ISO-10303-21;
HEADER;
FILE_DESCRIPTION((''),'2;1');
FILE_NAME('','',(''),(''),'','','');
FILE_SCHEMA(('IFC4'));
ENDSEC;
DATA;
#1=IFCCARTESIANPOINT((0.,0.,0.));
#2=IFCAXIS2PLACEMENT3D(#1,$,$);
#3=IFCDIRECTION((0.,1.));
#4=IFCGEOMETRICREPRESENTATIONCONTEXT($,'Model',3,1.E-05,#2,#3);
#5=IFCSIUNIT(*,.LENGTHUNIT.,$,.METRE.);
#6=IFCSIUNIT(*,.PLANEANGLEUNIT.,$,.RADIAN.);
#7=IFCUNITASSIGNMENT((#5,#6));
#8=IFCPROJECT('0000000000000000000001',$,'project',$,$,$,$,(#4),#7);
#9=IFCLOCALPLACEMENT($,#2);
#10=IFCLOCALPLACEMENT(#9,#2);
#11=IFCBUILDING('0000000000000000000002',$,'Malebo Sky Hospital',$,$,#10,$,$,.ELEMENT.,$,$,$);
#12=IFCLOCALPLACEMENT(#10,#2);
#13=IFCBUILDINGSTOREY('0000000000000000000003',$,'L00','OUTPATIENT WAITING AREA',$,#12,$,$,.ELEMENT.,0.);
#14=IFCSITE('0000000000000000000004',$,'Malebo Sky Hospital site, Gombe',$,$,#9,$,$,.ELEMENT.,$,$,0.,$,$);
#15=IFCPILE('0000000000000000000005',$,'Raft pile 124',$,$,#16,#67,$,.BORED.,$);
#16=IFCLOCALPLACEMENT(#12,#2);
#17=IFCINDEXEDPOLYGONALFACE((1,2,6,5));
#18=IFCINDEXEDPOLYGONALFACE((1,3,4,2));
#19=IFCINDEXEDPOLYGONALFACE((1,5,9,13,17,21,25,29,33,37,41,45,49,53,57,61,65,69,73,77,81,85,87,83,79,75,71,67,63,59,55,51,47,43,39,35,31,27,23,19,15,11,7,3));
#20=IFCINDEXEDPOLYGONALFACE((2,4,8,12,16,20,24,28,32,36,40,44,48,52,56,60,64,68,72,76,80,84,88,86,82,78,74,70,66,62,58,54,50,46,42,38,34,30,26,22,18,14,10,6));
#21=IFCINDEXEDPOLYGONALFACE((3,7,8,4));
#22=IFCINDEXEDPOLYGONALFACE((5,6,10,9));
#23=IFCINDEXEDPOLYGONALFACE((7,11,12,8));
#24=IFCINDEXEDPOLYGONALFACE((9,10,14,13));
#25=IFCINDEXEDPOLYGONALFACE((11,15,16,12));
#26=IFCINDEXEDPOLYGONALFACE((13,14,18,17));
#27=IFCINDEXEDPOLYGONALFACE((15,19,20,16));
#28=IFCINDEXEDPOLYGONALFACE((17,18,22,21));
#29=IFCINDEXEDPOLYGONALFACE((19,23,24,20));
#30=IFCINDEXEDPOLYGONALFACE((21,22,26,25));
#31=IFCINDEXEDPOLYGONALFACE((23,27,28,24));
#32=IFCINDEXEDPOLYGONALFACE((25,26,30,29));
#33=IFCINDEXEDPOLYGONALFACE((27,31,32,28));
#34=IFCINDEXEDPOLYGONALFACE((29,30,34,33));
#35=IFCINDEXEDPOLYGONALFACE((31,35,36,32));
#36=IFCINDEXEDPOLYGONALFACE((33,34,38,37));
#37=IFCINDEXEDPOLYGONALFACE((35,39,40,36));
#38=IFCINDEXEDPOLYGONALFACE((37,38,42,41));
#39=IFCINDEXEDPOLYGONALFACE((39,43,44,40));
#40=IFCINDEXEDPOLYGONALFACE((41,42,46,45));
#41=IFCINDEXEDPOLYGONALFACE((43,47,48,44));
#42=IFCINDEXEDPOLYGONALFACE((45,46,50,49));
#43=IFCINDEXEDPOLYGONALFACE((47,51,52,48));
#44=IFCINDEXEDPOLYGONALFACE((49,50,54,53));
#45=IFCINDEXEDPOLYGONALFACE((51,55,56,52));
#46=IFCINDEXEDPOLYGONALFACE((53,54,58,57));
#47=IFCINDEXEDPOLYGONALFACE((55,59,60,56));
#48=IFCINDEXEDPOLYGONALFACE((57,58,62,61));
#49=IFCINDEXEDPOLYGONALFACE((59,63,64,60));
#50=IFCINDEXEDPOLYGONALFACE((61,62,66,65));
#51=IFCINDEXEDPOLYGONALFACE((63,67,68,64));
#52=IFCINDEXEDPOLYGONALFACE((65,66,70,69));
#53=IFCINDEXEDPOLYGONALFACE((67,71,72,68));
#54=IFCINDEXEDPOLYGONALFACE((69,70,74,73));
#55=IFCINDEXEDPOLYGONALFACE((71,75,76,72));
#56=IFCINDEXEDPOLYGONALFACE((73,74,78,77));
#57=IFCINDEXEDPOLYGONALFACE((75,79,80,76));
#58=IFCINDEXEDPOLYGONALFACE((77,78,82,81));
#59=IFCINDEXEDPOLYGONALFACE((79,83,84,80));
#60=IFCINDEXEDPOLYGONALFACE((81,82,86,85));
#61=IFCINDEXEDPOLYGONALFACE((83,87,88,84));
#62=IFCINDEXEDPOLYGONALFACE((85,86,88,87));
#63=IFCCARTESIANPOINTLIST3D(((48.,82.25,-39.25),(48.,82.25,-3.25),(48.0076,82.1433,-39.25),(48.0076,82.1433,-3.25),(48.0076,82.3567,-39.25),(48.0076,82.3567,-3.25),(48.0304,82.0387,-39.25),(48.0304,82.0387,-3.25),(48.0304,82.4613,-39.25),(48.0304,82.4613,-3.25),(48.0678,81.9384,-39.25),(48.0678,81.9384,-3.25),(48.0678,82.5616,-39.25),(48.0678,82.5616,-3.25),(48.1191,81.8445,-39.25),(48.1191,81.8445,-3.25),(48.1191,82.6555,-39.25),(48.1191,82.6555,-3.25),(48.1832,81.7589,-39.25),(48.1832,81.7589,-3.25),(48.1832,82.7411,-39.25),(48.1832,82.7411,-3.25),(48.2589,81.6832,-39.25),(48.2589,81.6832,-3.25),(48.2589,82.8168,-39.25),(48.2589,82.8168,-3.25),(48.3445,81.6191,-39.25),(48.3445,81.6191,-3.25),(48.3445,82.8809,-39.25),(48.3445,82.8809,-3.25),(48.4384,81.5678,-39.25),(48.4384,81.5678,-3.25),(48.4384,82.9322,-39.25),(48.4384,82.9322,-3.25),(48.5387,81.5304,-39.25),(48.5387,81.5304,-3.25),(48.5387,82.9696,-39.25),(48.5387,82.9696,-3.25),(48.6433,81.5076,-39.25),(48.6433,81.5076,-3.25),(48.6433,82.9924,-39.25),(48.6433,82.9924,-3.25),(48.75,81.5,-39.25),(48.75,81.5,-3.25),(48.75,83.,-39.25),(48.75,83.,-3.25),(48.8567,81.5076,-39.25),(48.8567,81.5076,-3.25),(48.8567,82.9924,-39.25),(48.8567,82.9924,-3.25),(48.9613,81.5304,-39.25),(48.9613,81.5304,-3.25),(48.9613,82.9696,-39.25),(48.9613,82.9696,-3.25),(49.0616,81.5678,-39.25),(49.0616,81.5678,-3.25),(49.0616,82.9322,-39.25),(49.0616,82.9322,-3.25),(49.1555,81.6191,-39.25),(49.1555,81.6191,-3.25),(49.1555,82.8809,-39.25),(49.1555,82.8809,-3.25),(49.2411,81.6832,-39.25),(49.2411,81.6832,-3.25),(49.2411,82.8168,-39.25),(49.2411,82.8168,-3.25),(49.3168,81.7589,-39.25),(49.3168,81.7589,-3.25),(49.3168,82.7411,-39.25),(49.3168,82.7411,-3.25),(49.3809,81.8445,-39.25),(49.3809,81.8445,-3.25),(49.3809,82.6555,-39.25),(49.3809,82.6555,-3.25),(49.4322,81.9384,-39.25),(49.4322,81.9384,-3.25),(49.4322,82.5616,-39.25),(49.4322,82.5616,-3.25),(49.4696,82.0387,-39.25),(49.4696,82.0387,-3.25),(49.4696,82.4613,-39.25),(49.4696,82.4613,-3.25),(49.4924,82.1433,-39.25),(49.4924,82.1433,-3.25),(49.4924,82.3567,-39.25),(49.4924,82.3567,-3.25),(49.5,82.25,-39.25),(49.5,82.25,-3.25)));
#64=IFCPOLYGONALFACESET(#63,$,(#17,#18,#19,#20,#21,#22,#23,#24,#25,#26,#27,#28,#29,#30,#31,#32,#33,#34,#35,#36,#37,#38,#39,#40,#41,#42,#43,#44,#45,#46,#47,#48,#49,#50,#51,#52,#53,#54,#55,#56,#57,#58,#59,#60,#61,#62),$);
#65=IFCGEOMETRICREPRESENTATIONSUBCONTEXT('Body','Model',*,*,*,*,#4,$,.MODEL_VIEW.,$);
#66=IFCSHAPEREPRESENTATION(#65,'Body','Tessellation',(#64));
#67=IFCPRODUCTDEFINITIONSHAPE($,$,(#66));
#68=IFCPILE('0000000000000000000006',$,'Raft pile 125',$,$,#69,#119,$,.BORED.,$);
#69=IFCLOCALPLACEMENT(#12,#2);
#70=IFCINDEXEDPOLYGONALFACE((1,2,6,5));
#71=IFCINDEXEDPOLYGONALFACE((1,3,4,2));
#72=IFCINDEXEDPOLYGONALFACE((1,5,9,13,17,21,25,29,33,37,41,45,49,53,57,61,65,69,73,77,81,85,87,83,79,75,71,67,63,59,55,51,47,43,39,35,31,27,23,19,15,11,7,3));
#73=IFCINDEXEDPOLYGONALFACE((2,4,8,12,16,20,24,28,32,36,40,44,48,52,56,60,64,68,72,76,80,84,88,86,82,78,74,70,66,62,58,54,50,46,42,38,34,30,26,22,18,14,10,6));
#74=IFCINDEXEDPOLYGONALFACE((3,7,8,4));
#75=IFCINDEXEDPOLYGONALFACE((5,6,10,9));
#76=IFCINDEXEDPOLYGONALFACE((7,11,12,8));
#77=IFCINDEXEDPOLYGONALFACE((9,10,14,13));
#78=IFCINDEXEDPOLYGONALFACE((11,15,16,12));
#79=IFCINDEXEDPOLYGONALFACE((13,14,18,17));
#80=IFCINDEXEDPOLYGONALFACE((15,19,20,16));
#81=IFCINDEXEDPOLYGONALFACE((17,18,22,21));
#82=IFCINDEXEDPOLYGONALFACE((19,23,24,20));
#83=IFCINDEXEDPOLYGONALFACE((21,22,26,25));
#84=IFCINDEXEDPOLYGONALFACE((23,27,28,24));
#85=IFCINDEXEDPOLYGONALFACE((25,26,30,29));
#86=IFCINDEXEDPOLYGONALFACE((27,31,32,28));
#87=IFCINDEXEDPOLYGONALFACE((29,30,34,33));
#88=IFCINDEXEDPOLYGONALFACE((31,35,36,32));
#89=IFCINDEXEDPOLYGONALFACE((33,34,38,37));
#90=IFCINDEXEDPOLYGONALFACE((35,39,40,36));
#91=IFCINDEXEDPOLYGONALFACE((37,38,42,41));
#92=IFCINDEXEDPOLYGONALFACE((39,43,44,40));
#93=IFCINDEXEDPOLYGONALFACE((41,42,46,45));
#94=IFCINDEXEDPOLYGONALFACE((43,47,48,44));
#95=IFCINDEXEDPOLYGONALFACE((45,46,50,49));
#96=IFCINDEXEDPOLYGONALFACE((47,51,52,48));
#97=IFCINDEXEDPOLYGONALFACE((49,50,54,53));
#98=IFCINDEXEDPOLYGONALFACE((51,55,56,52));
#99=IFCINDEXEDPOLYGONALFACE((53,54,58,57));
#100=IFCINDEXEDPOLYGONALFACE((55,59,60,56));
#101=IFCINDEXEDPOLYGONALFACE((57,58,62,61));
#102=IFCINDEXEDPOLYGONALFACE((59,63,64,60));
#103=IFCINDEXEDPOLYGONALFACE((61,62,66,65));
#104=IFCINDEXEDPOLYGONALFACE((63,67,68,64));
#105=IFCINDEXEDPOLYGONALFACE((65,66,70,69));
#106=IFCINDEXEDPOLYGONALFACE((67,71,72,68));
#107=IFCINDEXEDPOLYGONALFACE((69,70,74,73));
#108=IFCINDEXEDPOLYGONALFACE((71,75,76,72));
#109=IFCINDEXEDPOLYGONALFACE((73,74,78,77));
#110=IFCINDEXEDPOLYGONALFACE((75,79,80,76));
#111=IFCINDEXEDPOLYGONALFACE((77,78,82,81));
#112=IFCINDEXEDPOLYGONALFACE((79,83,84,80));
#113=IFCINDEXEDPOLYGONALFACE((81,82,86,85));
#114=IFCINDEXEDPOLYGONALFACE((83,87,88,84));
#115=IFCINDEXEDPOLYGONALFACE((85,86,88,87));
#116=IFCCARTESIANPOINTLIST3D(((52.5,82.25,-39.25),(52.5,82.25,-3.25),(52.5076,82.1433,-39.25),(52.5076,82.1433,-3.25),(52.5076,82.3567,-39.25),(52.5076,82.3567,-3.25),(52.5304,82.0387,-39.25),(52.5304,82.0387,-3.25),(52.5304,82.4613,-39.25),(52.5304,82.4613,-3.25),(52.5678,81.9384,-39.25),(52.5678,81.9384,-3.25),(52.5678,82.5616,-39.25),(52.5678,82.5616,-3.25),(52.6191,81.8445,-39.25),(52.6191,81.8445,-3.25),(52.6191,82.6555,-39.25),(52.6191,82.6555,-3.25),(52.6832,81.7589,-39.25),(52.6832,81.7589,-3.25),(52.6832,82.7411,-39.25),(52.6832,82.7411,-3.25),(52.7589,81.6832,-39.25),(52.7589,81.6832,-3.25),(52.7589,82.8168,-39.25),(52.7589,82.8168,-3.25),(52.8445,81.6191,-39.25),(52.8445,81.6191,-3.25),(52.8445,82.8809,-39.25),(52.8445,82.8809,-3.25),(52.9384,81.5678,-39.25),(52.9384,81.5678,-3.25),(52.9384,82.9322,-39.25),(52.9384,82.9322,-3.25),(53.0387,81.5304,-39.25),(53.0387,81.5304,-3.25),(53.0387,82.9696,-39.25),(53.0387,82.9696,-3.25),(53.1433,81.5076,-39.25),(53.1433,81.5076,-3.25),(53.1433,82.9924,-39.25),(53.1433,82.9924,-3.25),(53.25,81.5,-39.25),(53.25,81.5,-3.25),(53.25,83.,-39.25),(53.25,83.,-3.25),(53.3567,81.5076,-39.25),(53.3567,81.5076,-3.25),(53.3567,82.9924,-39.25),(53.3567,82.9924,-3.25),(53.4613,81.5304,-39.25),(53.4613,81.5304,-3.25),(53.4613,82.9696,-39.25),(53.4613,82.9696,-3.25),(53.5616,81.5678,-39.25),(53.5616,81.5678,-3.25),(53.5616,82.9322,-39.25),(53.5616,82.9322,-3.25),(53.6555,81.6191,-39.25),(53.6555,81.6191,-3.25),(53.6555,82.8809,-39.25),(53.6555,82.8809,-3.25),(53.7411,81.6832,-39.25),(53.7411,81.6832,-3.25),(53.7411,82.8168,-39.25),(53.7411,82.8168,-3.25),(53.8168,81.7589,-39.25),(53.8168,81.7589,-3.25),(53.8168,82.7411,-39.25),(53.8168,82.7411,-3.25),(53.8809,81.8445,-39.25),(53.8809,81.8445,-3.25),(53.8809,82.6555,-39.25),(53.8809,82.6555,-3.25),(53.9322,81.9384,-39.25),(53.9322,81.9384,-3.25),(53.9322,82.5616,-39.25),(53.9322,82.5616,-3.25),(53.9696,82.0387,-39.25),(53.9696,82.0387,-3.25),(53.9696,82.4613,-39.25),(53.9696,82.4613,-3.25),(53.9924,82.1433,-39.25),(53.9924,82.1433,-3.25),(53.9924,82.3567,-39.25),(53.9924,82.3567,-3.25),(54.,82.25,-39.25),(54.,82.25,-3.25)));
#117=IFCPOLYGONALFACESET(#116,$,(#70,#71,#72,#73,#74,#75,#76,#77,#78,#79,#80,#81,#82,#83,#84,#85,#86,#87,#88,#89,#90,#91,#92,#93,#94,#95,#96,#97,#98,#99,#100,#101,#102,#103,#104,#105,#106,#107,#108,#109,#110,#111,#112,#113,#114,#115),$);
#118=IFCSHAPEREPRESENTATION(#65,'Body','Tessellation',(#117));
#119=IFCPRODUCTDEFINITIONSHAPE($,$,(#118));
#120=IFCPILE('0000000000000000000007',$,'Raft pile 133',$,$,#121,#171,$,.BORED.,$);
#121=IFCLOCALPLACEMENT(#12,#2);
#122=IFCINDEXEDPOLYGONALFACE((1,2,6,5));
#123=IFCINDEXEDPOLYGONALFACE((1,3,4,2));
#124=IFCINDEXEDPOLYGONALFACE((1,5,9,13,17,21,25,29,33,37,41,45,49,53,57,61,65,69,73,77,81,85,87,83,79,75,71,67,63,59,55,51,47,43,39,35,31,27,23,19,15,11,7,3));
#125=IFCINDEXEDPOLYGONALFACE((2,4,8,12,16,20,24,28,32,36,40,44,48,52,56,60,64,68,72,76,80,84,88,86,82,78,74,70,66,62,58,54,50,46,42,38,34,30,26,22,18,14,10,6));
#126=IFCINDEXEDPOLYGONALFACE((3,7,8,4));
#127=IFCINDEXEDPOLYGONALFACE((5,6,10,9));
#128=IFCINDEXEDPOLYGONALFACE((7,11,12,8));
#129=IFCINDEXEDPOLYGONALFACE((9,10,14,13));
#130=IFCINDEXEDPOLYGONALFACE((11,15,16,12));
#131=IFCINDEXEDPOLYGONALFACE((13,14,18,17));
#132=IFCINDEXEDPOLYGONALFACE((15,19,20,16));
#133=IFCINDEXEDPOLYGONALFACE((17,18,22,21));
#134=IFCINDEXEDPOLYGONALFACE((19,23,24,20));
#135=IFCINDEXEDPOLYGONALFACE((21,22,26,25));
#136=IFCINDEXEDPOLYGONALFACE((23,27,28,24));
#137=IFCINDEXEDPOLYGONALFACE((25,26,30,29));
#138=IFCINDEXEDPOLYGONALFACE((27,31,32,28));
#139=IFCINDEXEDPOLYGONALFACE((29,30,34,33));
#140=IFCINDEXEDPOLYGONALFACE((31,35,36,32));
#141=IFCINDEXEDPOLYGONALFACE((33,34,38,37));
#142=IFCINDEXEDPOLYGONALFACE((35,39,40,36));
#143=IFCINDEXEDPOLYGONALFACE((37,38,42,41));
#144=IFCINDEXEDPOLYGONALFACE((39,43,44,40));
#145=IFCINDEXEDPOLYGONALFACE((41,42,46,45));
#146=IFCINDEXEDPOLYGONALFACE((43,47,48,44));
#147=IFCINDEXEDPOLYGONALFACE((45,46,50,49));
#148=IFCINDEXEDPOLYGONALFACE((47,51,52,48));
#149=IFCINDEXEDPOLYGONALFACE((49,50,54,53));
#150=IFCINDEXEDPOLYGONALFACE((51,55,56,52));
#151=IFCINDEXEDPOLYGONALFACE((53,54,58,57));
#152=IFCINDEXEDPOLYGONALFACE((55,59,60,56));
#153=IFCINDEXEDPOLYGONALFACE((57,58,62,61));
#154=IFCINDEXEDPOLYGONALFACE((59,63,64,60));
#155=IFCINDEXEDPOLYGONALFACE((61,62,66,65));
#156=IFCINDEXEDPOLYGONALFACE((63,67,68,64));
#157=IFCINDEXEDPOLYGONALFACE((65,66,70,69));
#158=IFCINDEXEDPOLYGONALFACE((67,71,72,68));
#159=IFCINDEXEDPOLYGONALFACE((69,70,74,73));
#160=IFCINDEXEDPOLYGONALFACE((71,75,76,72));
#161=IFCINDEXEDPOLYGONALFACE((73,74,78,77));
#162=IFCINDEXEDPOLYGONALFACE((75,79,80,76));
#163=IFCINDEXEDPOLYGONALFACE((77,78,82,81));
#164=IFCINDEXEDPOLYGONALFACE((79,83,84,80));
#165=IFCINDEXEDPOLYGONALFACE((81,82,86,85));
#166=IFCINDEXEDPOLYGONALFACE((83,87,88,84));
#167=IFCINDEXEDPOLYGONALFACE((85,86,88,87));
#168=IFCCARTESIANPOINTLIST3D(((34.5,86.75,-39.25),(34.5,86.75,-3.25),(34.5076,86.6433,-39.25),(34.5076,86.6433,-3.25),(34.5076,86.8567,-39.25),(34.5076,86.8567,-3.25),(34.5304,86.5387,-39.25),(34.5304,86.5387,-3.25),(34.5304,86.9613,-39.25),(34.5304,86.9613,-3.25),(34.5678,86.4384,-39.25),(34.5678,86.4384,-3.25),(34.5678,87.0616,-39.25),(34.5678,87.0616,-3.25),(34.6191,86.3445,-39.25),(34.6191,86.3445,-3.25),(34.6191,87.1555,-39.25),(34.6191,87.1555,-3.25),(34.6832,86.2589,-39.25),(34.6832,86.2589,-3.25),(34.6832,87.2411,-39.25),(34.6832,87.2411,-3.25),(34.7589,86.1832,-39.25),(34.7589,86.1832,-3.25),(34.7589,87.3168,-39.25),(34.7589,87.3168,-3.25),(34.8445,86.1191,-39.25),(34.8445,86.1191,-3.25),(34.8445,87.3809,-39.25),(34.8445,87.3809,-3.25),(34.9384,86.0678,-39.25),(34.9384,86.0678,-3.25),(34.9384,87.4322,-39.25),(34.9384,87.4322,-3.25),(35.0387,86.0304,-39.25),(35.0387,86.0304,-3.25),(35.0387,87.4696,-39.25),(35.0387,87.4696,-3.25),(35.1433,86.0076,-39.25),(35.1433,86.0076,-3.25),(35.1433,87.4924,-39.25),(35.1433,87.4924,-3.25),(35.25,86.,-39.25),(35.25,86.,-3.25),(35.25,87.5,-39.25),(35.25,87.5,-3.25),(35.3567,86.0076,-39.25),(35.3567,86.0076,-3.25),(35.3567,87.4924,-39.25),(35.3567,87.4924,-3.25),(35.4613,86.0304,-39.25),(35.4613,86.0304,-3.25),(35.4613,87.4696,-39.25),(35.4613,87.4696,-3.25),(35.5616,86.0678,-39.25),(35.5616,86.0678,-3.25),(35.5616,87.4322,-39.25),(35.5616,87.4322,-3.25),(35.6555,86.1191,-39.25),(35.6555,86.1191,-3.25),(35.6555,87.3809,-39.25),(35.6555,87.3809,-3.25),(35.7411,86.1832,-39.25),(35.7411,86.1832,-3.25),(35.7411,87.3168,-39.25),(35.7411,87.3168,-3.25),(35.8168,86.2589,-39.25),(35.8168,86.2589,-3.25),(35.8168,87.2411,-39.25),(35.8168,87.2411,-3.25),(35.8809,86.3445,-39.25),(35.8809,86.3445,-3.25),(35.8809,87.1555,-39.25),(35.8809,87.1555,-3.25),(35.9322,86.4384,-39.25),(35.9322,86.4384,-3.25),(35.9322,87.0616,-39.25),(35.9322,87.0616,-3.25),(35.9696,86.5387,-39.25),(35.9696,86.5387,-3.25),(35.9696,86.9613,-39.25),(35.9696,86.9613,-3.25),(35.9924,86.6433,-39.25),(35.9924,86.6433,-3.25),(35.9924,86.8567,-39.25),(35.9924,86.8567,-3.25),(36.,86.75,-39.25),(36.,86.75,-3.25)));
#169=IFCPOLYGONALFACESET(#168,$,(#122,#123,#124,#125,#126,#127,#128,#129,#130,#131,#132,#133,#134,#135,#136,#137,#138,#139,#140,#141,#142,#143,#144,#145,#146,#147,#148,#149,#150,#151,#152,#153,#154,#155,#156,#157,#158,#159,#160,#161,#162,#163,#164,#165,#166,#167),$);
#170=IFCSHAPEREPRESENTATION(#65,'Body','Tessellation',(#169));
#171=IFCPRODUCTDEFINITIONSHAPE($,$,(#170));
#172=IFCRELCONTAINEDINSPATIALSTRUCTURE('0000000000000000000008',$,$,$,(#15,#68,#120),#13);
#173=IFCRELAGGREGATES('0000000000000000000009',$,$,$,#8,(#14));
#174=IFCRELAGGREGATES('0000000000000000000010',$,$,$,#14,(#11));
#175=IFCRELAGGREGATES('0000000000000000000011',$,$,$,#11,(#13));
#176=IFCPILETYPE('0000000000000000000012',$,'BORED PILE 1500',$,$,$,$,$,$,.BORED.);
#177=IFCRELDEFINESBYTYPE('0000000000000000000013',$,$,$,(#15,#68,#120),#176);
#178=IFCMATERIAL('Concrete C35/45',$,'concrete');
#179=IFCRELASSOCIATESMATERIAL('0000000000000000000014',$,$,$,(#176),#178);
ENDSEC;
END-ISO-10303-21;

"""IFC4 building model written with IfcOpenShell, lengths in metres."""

from ifc_helpers import new_model, si_unit, direction, frame, origin, origin_2d, place, context, subcontext, project, spatial, circle, extrude, material, material_profile, profile_set, type_object, element, save


model = new_model("IFC4")

# Units and contexts
model_context = context("Model", 3, precision=1e-05, world=origin(), true_north=direction((0.0, 1.0)))
body_context = subcontext(model_context, "Body", "Model", "MODEL_VIEW")
ifc_project = project(units=[si_unit("LENGTHUNIT", "METRE"), si_unit("PLANEANGLEUNIT", "RADIAN")], contexts=[model_context])

# Site, building, storey
site_placement = place(None, origin())
site = spatial("IfcSite", under=ifc_project, at=site_placement, Name="Malebo Sky Hospital site, Gombe", CompositionType="ELEMENT", RefElevation=0.0)
building_placement = place(site_placement, origin())
building = spatial("IfcBuilding", under=site, at=building_placement, Name="Malebo Sky Hospital", CompositionType="ELEMENT")
storey_placement = place(building_placement, origin())
storey = spatial("IfcBuildingStorey", under=building, at=storey_placement, Name="L00", Description="OUTPATIENT WAITING AREA", CompositionType="ELEMENT", Elevation=0.0)

# Piles
ifc_material_1 = material(Name="Concrete C35/45", Category="concrete")
ifc_material_profile_1 = material_profile(ifc_material_1, circle(Radius=0.75, at=origin_2d()), Name="BP 1500")
ifc_profile_set_1 = profile_set([ifc_material_profile_1], Name="Concrete C35/45")
pile_type = type_object("IfcPileType", Name="BORED PILE 1500", PredefinedType="BORED", material=ifc_profile_set_1)
for number, where, z_axis, x_axis, name in (
    (1, (48.75, 82.25, -3.25), (0.0, 0.0, -1.0), (1.0, 0.0, 0.0), "Raft pile 124"),
    (2, (53.25, 82.25, -3.25), (0.0, 0.0, -1.0), (1.0, 0.0, 0.0), "Raft pile 125"),
    (3, (35.25, 86.75, -3.25), (0.0, 0.0, -1.0), (1.0, 0.0, 0.0), "Raft pile 133"),
):
    element("IfcPile", number, at=place(storey_placement, frame(where, z_axis=z_axis, x_axis=x_axis)), inside=storey, type_object=pile_type, Name=name, PredefinedType="BORED", context=body_context, shape_type="SweptSolid", body=[
        extrude(circle(Radius=0.75, at=origin_2d()), origin(), (0.0, 0.0, 1.0), 36.0),
    ])

save(model, "model.ifc")
